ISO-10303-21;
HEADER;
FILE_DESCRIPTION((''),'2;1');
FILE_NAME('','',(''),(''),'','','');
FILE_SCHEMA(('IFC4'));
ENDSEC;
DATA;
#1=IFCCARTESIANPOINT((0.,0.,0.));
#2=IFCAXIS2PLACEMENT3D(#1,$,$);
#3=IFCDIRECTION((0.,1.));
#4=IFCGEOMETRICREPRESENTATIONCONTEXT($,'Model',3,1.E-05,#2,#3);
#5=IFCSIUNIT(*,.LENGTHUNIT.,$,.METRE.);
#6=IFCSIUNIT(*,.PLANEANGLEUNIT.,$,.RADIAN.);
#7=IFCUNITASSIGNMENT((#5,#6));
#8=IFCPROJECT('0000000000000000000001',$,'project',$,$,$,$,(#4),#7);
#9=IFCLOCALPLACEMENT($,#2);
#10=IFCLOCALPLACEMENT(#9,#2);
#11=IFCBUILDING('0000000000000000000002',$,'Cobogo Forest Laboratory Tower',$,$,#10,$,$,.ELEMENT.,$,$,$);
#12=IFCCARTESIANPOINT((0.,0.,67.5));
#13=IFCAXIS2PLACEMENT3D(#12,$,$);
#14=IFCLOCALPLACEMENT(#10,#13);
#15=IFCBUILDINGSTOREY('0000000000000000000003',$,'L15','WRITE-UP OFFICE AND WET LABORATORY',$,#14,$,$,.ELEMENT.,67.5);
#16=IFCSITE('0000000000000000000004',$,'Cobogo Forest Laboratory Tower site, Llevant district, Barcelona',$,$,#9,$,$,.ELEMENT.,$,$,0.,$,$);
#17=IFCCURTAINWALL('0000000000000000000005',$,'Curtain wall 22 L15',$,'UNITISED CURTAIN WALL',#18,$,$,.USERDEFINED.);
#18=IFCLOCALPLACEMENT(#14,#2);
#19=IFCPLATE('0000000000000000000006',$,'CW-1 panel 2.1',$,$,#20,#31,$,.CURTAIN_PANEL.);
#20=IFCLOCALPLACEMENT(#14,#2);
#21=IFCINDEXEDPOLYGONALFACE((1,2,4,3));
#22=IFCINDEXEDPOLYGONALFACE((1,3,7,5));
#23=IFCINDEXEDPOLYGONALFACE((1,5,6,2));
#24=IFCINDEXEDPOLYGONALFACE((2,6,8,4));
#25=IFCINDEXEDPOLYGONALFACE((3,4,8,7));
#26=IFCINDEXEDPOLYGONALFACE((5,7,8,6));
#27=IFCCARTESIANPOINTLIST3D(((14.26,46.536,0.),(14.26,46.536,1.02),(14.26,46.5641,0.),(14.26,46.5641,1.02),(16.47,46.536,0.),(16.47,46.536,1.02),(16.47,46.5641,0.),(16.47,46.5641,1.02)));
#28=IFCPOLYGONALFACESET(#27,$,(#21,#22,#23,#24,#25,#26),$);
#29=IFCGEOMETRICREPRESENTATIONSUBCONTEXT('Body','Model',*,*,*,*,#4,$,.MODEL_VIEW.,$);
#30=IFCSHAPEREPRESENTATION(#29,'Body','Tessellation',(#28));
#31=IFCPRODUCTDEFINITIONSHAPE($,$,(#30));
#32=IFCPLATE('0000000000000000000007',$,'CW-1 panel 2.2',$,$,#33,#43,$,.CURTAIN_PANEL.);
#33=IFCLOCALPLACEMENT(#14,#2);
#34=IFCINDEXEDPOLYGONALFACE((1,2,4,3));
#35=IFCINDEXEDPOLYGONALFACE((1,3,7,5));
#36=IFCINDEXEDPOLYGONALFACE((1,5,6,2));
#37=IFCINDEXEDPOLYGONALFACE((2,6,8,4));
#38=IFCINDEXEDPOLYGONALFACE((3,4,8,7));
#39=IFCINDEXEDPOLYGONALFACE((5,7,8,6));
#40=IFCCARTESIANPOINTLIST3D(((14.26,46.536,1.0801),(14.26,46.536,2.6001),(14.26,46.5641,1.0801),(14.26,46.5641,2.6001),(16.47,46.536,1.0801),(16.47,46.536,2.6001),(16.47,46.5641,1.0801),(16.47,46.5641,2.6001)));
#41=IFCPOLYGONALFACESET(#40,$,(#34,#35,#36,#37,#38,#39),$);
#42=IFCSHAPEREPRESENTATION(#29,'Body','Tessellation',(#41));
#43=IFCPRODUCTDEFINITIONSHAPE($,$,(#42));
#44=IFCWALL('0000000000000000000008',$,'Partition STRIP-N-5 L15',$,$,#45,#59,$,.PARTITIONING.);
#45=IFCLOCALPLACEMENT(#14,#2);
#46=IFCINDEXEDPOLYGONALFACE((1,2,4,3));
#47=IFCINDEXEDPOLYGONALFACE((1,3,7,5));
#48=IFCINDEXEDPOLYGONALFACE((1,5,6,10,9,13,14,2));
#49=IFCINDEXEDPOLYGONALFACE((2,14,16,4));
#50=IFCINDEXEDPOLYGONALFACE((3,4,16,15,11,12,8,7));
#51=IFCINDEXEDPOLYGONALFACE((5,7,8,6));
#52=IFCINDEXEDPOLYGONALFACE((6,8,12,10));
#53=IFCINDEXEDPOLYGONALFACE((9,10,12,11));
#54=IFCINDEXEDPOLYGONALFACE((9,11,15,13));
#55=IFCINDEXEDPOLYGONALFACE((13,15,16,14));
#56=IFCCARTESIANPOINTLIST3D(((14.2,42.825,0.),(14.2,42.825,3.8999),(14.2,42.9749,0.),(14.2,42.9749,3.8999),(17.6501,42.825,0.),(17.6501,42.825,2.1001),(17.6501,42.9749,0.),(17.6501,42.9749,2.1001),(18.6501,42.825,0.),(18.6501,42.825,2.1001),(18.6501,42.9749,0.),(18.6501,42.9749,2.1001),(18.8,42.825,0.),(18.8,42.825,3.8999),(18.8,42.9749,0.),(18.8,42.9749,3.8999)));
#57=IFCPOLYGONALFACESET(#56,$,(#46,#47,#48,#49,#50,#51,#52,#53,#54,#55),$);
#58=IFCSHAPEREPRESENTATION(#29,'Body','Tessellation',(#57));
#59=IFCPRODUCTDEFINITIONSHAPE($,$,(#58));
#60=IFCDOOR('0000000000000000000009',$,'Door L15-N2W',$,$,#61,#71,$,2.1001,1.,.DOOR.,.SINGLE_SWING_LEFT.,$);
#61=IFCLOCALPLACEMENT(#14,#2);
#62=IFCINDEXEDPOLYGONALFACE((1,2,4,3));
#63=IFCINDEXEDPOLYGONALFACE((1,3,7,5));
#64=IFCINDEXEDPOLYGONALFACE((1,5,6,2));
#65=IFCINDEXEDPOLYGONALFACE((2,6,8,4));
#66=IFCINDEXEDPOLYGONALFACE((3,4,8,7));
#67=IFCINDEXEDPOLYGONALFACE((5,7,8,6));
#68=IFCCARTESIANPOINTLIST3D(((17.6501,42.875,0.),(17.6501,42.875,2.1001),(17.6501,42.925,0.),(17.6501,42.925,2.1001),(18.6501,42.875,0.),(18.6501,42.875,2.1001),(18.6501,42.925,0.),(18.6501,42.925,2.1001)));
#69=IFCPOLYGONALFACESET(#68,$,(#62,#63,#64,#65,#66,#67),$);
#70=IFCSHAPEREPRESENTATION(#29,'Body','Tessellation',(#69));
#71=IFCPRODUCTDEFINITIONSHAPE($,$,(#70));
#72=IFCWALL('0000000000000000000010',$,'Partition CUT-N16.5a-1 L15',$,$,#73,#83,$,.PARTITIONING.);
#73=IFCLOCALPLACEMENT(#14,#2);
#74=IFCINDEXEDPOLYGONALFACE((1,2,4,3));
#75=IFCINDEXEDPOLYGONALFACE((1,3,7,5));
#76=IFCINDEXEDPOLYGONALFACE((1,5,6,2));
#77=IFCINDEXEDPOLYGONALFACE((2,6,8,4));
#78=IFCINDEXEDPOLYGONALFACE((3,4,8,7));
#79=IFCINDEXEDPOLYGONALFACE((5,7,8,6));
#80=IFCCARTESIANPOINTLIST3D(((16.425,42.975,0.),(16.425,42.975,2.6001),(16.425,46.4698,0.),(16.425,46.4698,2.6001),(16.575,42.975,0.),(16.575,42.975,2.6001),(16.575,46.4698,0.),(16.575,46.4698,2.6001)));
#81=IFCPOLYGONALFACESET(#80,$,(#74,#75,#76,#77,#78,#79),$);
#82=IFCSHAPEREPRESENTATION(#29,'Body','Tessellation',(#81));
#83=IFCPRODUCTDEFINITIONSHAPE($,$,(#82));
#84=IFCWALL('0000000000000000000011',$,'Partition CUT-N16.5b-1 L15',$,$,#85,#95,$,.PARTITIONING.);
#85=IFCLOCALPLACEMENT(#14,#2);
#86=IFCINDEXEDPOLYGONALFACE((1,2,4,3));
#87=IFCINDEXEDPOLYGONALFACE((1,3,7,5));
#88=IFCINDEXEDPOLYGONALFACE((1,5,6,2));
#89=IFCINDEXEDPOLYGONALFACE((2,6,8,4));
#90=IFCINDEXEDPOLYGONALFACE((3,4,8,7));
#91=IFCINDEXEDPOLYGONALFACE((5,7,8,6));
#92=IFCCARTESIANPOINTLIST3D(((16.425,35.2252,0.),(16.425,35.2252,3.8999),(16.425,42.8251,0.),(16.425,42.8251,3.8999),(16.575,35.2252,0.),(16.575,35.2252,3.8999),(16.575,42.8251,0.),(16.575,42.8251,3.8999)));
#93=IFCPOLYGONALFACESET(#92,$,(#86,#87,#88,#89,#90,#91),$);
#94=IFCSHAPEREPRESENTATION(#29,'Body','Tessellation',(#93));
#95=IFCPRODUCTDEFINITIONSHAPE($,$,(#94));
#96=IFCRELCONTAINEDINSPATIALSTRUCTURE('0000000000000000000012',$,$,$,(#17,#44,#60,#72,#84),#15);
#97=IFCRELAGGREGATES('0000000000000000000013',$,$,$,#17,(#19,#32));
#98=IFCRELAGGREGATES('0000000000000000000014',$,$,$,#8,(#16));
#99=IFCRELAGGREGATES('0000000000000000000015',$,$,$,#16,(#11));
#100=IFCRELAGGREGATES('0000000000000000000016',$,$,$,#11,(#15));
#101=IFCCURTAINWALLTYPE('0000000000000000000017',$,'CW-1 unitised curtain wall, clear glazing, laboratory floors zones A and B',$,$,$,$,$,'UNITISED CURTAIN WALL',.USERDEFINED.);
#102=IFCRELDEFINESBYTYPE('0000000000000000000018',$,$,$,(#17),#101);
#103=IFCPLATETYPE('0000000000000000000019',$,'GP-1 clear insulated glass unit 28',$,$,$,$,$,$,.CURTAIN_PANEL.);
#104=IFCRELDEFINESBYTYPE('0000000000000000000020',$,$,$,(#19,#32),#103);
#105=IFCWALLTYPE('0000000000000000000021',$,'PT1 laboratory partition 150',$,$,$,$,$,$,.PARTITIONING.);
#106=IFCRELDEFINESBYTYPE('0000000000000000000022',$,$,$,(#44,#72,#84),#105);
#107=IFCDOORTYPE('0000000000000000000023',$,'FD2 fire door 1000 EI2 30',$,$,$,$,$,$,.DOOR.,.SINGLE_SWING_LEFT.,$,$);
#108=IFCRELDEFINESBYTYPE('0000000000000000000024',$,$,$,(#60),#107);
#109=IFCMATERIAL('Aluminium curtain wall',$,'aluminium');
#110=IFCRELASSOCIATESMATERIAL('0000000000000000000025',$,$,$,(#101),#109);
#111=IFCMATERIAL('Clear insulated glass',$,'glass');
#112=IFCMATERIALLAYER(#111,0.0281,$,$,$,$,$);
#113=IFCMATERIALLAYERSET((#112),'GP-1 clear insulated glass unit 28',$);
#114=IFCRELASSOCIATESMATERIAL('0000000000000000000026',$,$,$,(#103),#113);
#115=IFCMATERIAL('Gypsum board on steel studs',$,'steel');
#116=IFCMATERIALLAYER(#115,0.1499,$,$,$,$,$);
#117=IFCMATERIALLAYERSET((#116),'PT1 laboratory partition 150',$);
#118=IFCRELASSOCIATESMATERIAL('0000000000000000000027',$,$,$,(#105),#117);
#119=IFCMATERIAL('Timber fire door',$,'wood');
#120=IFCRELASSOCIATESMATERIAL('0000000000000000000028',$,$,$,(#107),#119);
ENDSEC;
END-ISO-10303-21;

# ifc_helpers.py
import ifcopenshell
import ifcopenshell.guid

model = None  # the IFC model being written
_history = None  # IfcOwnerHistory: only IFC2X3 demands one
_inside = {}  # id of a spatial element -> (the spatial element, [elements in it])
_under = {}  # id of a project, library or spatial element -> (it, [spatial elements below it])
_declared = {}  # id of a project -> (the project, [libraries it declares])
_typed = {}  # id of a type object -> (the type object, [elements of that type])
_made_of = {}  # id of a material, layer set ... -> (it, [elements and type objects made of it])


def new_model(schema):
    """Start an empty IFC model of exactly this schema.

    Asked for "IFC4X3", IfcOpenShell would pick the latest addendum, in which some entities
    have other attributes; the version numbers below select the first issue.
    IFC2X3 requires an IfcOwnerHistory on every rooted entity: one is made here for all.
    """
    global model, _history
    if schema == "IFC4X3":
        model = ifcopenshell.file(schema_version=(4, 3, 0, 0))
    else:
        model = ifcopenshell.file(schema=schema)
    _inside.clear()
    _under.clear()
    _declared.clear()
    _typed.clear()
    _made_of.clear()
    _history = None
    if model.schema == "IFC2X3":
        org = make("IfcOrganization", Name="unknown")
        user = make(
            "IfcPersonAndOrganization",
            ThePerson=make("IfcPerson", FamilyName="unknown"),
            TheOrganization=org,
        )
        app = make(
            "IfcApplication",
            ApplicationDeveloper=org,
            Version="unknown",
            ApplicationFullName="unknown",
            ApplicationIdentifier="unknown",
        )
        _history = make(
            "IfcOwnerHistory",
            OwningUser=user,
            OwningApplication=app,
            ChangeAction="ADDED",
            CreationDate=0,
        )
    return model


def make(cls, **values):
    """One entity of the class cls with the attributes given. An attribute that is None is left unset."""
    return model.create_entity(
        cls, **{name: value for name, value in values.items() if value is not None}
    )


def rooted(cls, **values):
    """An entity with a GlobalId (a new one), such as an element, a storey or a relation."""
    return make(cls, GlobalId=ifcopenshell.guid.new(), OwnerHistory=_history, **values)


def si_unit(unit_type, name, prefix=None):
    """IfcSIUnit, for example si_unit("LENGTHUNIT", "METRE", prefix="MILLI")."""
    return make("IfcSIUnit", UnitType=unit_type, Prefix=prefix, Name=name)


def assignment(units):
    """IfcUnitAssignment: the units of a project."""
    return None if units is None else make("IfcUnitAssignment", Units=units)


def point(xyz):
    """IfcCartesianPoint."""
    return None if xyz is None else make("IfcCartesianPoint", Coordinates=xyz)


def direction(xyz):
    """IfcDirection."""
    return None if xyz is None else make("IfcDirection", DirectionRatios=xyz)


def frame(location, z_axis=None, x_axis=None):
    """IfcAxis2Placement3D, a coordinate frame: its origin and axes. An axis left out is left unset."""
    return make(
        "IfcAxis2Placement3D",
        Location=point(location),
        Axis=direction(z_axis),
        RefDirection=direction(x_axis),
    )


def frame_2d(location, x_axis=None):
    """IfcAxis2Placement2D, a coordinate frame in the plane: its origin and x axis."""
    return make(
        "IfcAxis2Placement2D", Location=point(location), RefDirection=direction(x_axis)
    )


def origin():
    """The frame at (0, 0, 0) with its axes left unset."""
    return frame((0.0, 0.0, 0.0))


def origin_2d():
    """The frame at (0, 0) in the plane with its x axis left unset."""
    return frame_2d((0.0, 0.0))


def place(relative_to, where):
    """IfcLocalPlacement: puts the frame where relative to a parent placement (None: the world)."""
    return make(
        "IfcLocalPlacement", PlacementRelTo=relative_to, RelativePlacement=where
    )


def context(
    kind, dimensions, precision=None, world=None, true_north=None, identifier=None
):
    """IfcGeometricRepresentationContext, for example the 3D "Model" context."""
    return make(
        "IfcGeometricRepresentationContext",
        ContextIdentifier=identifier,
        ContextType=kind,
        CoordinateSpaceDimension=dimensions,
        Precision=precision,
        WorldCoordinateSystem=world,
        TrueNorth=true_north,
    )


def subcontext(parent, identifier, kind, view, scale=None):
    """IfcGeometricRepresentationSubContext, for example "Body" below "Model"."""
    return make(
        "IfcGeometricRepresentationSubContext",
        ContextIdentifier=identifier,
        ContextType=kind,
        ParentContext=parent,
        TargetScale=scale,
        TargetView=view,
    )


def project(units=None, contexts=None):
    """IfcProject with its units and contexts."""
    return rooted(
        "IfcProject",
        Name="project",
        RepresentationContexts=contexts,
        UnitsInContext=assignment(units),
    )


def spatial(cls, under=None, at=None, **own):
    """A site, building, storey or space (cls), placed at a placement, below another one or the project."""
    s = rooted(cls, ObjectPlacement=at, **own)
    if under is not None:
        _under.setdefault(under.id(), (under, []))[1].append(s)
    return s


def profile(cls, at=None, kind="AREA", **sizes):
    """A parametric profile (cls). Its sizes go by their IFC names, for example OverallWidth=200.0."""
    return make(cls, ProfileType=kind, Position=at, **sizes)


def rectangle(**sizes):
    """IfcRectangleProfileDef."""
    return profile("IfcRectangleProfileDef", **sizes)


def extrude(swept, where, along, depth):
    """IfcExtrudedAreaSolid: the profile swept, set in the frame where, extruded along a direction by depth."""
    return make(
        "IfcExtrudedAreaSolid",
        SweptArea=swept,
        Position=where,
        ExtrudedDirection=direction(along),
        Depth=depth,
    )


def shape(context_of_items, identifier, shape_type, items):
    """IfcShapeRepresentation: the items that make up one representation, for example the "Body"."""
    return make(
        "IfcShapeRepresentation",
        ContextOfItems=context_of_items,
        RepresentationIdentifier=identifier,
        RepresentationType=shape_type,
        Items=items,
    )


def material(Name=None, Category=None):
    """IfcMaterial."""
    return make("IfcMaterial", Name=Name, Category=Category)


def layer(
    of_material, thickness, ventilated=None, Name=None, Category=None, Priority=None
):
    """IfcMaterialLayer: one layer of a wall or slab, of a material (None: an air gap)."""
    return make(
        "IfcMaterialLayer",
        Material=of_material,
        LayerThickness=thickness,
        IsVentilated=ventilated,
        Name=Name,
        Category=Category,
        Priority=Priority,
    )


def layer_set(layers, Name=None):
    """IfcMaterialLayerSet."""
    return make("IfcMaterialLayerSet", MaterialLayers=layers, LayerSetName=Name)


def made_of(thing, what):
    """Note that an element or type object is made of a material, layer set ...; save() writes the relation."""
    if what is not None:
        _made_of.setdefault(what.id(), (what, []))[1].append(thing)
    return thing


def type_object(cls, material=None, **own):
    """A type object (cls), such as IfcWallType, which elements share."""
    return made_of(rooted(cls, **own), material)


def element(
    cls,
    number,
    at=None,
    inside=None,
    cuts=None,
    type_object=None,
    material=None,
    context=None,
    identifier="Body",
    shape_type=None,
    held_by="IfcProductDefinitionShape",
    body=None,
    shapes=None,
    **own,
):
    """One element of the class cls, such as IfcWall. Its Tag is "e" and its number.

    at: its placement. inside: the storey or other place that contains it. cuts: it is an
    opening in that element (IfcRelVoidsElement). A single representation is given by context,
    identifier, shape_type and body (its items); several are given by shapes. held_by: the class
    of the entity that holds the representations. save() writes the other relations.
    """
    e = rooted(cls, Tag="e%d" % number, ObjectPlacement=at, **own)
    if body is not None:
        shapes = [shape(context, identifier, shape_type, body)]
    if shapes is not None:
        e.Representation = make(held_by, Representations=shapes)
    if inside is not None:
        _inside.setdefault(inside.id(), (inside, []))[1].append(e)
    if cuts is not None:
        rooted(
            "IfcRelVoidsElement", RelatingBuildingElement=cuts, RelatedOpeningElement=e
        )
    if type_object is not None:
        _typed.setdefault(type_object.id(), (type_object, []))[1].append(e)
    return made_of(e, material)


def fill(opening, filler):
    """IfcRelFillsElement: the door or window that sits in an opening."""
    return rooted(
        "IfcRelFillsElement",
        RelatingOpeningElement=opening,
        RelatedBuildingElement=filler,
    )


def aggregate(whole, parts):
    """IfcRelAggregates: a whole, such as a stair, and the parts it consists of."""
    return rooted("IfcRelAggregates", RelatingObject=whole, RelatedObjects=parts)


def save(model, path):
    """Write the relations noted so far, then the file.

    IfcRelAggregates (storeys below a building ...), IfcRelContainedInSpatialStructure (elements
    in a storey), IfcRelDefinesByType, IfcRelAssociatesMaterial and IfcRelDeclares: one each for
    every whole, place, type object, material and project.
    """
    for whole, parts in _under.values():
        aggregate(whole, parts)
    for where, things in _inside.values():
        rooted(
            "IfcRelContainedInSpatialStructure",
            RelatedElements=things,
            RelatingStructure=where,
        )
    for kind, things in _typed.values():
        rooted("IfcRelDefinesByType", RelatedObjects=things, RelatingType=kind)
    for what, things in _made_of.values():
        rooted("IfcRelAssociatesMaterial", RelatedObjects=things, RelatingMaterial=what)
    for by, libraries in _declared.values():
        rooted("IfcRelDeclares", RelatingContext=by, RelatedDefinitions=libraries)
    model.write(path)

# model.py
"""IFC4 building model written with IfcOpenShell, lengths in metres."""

from ifc_helpers import new_model, si_unit, direction, frame, frame_2d, origin, origin_2d, place, context, subcontext, project, spatial, rectangle, extrude, material, layer, layer_set, type_object, element, fill, aggregate, save


model = new_model("IFC4")

# Units and contexts
model_context = context("Model", 3, precision=1e-05, world=origin(), true_north=direction((0.0, 1.0)))
body_context = subcontext(model_context, "Body", "Model", "MODEL_VIEW")
ifc_project = project(units=[si_unit("LENGTHUNIT", "METRE"), si_unit("PLANEANGLEUNIT", "RADIAN")], contexts=[model_context])

# Site, building, storey
site_placement = place(None, origin())
site = spatial("IfcSite", under=ifc_project, at=site_placement, Name="Cobogo Forest Laboratory Tower site, Llevant district, Barcelona", CompositionType="ELEMENT", RefElevation=0.0)
building_placement = place(site_placement, origin())
building = spatial("IfcBuilding", under=site, at=building_placement, Name="Cobogo Forest Laboratory Tower", CompositionType="ELEMENT")
storey_placement = place(building_placement, frame((0.0, 0.0, 67.5)))
storey = spatial("IfcBuildingStorey", under=building, at=storey_placement, Name="L15", Description="WRITE-UP OFFICE AND WET LABORATORY", CompositionType="ELEMENT", Elevation=67.5)

# Curtain wall
ifc_material_1 = material(Name="Aluminium curtain wall", Category="aluminium")
curtain_wall_type = type_object("IfcCurtainWallType", Name="CW-1 unitised curtain wall, clear glazing, laboratory floors zones A and B", ElementType="UNITISED CURTAIN WALL", PredefinedType="USERDEFINED", material=ifc_material_1)
curtain_wall_placement = place(storey_placement, origin())
curtain_wall = element("IfcCurtainWall", 1, at=curtain_wall_placement, inside=storey, type_object=curtain_wall_type, Name="Curtain wall 22 L15", ObjectType="UNITISED CURTAIN WALL", PredefinedType="USERDEFINED")

# Plates
ifc_material_2 = material(Name="Clear insulated glass", Category="glass")
ifc_layer_1 = layer(ifc_material_2, 0.0281)
ifc_layer_set_1 = layer_set([ifc_layer_1], Name="GP-1 clear insulated glass unit 28")
plate_type_1 = type_object("IfcPlateType", Name="GP-1 clear insulated glass unit 28", PredefinedType="CURTAIN_PANEL", material=ifc_layer_set_1)
plate_1_placement = place(storey_placement, frame((15.365, 46.55, 0.0), z_axis=(0.0, 0.0, 1.0), x_axis=(-1.0, 0.0, 0.0)))
plate_1 = element("IfcPlate", 2, at=plate_1_placement, type_object=plate_type_1, Name="CW-1 panel 2.1", PredefinedType="CURTAIN_PANEL", context=body_context, shape_type="SweptSolid", body=[
    extrude(rectangle(XDim=2.21, YDim=0.0281, at=origin_2d()), origin(), (0.0, 0.0, 1.0), 1.02),
])
plate_2_placement = place(storey_placement, frame((15.365, 46.55, 1.0801), z_axis=(0.0, 0.0, 1.0), x_axis=(-1.0, 0.0, 0.0)))
plate_2 = element("IfcPlate", 3, at=plate_2_placement, type_object=plate_type_1, Name="CW-1 panel 2.2", PredefinedType="CURTAIN_PANEL", context=body_context, shape_type="SweptSolid", body=[
    extrude(rectangle(XDim=2.21, YDim=0.0281, at=origin_2d()), origin(), (0.0, 0.0, 1.0), 1.52),
])
aggregate(curtain_wall, [plate_1, plate_2])

# Wall, opening, door
ifc_material_3 = material(Name="Gypsum board on steel studs", Category="steel")
ifc_layer_2 = layer(ifc_material_3, 0.1499)
ifc_layer_set_2 = layer_set([ifc_layer_2], Name="PT1 laboratory partition 150")
wall_type = type_object("IfcWallType", Name="PT1 laboratory partition 150", PredefinedType="PARTITIONING", material=ifc_layer_set_2)
wall_1_placement = place(storey_placement, frame((18.8, 42.8999, 0.0), z_axis=(0.0, 0.0, 1.0), x_axis=(-1.0, 0.0, 0.0)))
wall_1 = element("IfcWall", 4, at=wall_1_placement, inside=storey, type_object=wall_type, Name="Partition STRIP-N-5 L15", PredefinedType="PARTITIONING", context=body_context, shape_type="SweptSolid", body=[
    extrude(rectangle(XDim=4.6001, YDim=0.1499, at=frame_2d((2.3, 0.0))), origin(), (0.0, 0.0, 1.0), 3.8999),
])
opening_placement = place(wall_1_placement, frame((0.1499, 0.0, 0.0)))
opening = element("IfcOpeningElement", 5, at=opening_placement, cuts=wall_1, PredefinedType="OPENING", context=body_context, shape_type="SweptSolid", body=[
    extrude(rectangle(XDim=1.0, YDim=2.1001, at=frame_2d((0.5, 1.05))), frame((0.0, 0.085, 0.0), z_axis=(0.0, -1.0, 0.0), x_axis=(1.0, 0.0, 0.0)), (0.0, 0.0, 1.0), 0.1699),
])
ifc_material_4 = material(Name="Timber fire door", Category="wood")
door_type = type_object("IfcDoorType", Name="FD2 fire door 1000 EI2 30", OperationType="SINGLE_SWING_LEFT", PredefinedType="DOOR", material=ifc_material_4)
door_placement = place(opening_placement, origin())
door = element("IfcDoor", 6, at=door_placement, inside=storey, type_object=door_type, Name="Door L15-N2W", OperationType="SINGLE_SWING_LEFT", OverallHeight=2.1001, OverallWidth=1.0, PredefinedType="DOOR", context=body_context, shape_type="SweptSolid", body=[
    extrude(rectangle(XDim=1.0, YDim=2.1001, at=frame_2d((0.5, 1.05))), frame((0.0, 0.0249, 0.0), z_axis=(0.0, -1.0, 0.0), x_axis=(1.0, 0.0, 0.0)), (0.0, 0.0, 1.0), 0.05),
])
fill(opening, door)

# Walls
wall_2_placement = place(storey_placement, frame((16.5, 46.47, 0.0), z_axis=(0.0, 0.0, 1.0), x_axis=(0.0, -1.0, 0.0)))
element("IfcWall", 7, at=wall_2_placement, inside=storey, type_object=wall_type, Name="Partition CUT-N16.5a-1 L15", PredefinedType="PARTITIONING", context=body_context, shape_type="SweptSolid", body=[
    extrude(rectangle(XDim=3.4949, YDim=0.1499, at=frame_2d((1.7476, 0.0))), origin(), (0.0, 0.0, 1.0), 2.6001),
])
wall_3_placement = place(storey_placement, frame((16.5, 42.825, 0.0), z_axis=(0.0, 0.0, 1.0), x_axis=(0.0, -1.0, 0.0)))
element("IfcWall", 8, at=wall_3_placement, inside=storey, type_object=wall_type, Name="Partition CUT-N16.5b-1 L15", PredefinedType="PARTITIONING", context=body_context, shape_type="SweptSolid", body=[
    extrude(rectangle(XDim=7.5999, YDim=0.1499, at=frame_2d((3.7998, 0.0))), origin(), (0.0, 0.0, 1.0), 3.8999),
])

save(model, "model.ifc")
